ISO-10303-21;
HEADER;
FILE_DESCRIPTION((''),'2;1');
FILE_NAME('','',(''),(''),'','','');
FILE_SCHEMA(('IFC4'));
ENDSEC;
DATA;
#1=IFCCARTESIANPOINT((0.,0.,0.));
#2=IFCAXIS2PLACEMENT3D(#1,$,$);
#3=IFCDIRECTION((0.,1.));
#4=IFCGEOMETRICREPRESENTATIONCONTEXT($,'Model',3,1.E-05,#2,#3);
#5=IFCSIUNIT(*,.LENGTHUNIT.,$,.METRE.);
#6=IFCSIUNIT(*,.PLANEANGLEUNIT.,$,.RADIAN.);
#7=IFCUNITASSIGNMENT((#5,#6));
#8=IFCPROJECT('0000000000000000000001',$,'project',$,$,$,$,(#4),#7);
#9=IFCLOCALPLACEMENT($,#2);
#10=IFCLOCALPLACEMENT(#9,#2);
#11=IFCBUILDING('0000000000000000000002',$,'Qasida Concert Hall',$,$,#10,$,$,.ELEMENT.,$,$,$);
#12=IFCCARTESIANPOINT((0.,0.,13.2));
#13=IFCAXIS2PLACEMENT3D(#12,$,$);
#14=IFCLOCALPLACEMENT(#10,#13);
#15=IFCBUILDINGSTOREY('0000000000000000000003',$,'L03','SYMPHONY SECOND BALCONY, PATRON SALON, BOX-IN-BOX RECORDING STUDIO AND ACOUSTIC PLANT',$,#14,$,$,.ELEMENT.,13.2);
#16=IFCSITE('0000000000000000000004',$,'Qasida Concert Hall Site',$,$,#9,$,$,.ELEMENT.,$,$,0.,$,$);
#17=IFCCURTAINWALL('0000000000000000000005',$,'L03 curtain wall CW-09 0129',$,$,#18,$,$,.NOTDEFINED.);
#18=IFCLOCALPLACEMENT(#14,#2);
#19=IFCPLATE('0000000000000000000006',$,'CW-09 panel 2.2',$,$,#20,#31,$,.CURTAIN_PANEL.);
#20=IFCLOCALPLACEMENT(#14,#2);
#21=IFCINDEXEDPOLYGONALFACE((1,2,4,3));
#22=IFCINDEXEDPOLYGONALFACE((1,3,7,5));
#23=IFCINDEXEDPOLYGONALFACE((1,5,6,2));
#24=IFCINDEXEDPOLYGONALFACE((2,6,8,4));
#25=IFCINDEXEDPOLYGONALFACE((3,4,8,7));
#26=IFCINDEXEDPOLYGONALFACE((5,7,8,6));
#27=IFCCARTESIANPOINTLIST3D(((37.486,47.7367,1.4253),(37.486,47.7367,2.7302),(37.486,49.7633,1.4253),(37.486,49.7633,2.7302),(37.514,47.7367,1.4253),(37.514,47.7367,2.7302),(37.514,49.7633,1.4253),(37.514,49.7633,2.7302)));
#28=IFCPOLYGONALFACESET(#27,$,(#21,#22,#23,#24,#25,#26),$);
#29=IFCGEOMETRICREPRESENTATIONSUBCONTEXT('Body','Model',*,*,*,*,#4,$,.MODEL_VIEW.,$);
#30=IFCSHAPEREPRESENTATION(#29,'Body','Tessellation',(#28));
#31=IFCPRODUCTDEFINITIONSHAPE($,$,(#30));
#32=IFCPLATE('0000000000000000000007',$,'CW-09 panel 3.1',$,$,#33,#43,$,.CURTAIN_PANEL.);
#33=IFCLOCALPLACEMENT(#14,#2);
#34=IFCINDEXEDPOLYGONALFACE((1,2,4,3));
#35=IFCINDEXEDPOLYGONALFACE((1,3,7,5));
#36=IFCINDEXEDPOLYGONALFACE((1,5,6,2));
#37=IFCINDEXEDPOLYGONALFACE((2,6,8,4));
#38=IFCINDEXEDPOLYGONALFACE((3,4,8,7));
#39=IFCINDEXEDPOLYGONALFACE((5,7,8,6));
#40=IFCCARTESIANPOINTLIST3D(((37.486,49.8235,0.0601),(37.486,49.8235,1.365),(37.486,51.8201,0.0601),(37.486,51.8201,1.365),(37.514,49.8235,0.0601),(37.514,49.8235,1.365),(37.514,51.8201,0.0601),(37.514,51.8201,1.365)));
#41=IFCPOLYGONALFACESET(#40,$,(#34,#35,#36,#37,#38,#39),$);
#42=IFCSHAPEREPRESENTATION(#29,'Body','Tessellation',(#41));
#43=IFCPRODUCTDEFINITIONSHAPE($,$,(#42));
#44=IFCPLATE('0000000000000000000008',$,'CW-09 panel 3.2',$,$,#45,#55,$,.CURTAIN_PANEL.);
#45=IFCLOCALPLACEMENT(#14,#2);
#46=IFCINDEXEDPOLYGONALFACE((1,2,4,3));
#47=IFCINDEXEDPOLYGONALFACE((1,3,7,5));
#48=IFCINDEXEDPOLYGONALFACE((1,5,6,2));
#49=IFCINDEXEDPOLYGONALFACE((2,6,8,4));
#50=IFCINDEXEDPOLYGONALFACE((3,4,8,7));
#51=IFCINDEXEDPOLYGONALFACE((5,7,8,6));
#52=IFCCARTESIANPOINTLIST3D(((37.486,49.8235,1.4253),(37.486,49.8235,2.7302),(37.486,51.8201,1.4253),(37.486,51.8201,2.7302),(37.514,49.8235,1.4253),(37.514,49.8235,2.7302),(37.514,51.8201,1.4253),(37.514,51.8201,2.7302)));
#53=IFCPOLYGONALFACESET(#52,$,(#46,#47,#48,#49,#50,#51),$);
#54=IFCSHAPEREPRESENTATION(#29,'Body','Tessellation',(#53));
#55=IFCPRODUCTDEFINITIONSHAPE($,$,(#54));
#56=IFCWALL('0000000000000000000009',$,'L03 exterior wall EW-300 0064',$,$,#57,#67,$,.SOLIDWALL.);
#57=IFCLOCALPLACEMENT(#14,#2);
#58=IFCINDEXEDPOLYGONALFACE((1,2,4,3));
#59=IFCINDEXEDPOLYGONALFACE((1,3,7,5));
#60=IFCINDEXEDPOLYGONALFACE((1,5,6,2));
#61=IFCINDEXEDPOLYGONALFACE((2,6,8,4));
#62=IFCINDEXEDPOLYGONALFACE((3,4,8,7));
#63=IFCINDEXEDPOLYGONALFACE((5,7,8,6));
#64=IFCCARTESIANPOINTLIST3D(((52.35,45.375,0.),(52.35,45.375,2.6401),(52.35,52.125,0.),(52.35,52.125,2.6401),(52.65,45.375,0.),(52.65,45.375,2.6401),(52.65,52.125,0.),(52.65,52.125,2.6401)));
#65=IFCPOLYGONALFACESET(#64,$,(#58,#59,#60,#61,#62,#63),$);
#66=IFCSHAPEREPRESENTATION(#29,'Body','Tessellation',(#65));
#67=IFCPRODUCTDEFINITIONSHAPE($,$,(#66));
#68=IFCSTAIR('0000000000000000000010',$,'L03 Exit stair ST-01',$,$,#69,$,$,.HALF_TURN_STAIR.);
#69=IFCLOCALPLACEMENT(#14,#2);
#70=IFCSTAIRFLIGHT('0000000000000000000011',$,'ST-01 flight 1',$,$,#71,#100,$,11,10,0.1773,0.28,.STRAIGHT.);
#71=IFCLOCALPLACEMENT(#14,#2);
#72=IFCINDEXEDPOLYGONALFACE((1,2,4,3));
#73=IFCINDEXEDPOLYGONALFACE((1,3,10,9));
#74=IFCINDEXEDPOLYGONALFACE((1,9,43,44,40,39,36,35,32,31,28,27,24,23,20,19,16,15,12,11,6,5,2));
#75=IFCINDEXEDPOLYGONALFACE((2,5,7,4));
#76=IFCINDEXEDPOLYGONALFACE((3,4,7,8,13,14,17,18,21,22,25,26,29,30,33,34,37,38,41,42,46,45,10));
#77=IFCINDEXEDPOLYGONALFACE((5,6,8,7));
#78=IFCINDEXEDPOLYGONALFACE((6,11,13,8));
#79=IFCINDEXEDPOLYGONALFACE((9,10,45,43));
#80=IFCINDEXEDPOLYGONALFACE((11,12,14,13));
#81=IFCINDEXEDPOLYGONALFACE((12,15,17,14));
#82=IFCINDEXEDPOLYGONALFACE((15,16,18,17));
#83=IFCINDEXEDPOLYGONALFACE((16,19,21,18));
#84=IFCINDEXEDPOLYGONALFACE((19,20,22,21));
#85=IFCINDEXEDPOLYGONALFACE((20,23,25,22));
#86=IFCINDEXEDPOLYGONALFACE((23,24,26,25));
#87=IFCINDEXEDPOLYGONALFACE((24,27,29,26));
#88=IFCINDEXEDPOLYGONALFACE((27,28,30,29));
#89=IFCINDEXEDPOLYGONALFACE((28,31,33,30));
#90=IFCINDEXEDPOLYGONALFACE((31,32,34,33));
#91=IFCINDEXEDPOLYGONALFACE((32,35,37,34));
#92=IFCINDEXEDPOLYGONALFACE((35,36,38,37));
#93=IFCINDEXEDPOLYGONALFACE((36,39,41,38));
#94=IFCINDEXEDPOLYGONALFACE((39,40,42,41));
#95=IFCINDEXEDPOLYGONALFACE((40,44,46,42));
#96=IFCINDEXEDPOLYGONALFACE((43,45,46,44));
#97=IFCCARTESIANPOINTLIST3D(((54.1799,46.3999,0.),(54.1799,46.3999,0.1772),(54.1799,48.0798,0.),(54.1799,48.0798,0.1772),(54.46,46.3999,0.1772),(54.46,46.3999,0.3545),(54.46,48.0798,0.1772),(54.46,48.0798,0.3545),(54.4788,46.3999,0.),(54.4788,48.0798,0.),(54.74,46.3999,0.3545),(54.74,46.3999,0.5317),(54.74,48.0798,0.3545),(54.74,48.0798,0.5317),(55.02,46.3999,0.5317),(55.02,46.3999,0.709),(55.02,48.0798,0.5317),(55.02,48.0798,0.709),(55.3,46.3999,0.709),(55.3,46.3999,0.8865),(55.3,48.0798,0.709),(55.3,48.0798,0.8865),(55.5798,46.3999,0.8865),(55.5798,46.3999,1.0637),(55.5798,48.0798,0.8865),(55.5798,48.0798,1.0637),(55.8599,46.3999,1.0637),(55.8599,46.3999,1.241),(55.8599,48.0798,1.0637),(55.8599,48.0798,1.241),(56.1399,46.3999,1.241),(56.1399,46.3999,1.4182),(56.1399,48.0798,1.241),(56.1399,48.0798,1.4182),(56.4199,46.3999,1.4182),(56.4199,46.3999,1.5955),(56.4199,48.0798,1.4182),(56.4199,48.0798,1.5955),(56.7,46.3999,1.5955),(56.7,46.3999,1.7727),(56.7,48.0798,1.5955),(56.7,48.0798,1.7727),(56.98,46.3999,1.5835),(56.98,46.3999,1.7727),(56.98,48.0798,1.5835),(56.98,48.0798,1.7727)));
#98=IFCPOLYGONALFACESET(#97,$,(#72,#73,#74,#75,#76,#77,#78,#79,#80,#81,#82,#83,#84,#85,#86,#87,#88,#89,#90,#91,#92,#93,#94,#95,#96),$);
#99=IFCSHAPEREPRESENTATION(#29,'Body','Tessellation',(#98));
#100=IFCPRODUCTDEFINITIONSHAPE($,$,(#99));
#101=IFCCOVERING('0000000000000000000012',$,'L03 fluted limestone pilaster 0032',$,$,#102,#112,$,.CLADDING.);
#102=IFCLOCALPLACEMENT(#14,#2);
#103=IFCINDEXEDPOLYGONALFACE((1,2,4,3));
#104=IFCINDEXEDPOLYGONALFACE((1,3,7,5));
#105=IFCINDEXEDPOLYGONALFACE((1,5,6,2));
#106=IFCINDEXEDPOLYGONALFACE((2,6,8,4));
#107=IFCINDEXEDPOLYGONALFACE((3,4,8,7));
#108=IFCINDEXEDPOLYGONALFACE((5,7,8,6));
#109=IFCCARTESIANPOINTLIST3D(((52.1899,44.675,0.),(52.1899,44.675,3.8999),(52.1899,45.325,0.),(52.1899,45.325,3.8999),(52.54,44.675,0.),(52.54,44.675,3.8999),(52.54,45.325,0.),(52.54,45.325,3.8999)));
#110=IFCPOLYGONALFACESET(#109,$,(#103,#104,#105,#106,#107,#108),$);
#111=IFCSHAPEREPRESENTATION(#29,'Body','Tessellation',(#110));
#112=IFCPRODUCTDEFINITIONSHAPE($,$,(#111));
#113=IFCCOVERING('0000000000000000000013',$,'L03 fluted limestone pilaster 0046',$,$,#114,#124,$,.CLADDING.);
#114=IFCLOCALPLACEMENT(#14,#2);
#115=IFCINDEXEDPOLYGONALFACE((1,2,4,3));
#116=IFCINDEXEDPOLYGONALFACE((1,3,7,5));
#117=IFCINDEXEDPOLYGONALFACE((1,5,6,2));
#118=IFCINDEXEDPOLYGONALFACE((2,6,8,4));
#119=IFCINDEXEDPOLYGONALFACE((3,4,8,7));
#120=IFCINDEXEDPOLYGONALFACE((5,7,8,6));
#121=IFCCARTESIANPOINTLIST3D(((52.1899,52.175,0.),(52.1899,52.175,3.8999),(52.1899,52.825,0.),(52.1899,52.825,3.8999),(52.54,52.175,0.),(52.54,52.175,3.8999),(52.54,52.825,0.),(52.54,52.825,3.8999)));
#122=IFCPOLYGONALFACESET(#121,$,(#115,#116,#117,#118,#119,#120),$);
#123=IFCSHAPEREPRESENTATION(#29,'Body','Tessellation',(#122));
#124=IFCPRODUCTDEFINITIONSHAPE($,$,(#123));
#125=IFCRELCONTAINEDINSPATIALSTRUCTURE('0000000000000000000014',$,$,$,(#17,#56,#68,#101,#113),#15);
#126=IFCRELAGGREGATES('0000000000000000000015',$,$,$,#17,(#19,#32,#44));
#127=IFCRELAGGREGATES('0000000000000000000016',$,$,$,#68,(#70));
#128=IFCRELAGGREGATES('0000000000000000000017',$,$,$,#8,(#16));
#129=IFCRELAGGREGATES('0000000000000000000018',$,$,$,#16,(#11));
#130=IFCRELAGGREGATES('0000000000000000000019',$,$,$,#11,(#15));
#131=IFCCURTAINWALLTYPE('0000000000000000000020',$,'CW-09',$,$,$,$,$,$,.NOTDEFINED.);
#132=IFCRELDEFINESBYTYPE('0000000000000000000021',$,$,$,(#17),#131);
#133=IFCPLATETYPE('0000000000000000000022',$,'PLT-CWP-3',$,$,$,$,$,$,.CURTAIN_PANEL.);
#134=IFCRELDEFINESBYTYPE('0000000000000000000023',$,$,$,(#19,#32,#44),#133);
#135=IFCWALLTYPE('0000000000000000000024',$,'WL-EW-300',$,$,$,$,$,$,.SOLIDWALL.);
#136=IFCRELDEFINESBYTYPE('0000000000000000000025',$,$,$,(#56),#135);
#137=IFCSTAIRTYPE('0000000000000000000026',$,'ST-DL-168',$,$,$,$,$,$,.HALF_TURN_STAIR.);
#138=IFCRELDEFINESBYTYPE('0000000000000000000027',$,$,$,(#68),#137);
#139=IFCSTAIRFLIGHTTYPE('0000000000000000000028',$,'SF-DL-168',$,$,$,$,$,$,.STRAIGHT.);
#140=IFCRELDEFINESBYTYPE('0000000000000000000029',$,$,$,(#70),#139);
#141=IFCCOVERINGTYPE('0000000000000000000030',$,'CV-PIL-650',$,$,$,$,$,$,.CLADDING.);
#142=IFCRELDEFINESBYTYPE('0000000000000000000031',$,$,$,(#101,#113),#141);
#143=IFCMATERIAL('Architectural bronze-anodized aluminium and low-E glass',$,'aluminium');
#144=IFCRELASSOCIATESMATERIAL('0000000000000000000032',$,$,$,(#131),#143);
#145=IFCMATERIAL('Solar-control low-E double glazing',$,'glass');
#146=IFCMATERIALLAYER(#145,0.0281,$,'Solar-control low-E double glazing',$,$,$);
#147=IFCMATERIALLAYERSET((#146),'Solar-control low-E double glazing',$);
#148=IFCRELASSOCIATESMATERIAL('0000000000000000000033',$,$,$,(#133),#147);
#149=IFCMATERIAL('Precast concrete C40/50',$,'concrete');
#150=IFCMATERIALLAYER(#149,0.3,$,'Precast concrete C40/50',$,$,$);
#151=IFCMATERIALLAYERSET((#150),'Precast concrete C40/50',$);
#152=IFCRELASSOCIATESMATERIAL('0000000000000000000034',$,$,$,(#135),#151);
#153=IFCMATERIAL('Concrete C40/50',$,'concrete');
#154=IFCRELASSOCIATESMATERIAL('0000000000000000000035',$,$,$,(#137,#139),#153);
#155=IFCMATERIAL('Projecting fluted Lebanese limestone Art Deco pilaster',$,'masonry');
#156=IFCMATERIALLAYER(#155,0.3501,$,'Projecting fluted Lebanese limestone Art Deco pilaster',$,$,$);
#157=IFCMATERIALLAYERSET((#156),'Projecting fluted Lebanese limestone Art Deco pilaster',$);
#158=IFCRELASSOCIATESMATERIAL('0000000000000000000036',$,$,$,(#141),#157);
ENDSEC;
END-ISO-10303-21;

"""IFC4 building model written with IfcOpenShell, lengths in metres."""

from ifc_helpers import new_model, si_unit, direction, frame, frame_2d, origin, origin_2d, place, context, subcontext, project, spatial, polyline, rectangle, outline, extrude, material, layer, layer_set, type_object, element, aggregate, save


model = new_model("IFC4")

# Units and contexts
model_context = context("Model", 3, precision=1e-05, world=origin(), true_north=direction((0.0, 1.0)))
body_context = subcontext(model_context, "Body", "Model", "MODEL_VIEW")
ifc_project = project(units=[si_unit("LENGTHUNIT", "METRE"), si_unit("PLANEANGLEUNIT", "RADIAN")], contexts=[model_context])

# Site, building, storey
site_placement = place(None, origin())
site = spatial("IfcSite", under=ifc_project, at=site_placement, Name="Qasida Concert Hall Site", CompositionType="ELEMENT", RefElevation=0.0)
building_placement = place(site_placement, origin())
building = spatial("IfcBuilding", under=site, at=building_placement, Name="Qasida Concert Hall", CompositionType="ELEMENT")
storey_placement = place(building_placement, frame((0.0, 0.0, 13.2)))
storey = spatial("IfcBuildingStorey", under=building, at=storey_placement, Name="L03", Description="SYMPHONY SECOND BALCONY, PATRON SALON, BOX-IN-BOX RECORDING STUDIO AND ACOUSTIC PLANT", CompositionType="ELEMENT", Elevation=13.2)

# Shared definitions
ifc_material_1 = material(Name="Concrete C40/50", Category="concrete")

# Shared definitions
ifc_material_2 = material(Name="Architectural bronze-anodized aluminium and low-E glass", Category="aluminium")

# Curtain wall
curtain_wall_type_1 = type_object("IfcCurtainWallType", Name="CW-09", PredefinedType="NOTDEFINED", material=ifc_material_2)
curtain_wall_1_placement = place(storey_placement, origin())
curtain_wall_1 = element("IfcCurtainWall", 1, at=curtain_wall_1_placement, inside=storey, type_object=curtain_wall_type_1, Name="L03 curtain wall CW-09 0129", PredefinedType="NOTDEFINED")

# Plates
ifc_material_3 = material(Name="Solar-control low-E double glazing", Category="glass")
ifc_layer_1 = layer(ifc_material_3, 0.0281, Name="Solar-control low-E double glazing")
ifc_layer_set_1 = layer_set([ifc_layer_1], Name="Solar-control low-E double glazing")
plate_type_1 = type_object("IfcPlateType", Name="PLT-CWP-3", PredefinedType="CURTAIN_PANEL", material=ifc_layer_set_1)
plate_1_placement = place(storey_placement, frame((37.5, 48.75, 1.4253), z_axis=(0.0, 0.0, 1.0), x_axis=(0.0, 1.0, 0.0)))
plate_1 = element("IfcPlate", 2, at=plate_1_placement, type_object=plate_type_1, Name="CW-09 panel 2.2", PredefinedType="CURTAIN_PANEL", context=body_context, shape_type="SweptSolid", body=[
    extrude(rectangle(XDim=2.0266, YDim=0.0281, at=origin_2d()), origin(), (0.0, 0.0, 1.0), 1.3049),
])
plate_2_placement = place(storey_placement, frame((37.5, 50.8218, 0.0601), z_axis=(0.0, 0.0, 1.0), x_axis=(0.0, 1.0, 0.0)))
plate_2 = element("IfcPlate", 3, at=plate_2_placement, type_object=plate_type_1, Name="CW-09 panel 3.1", PredefinedType="CURTAIN_PANEL", context=body_context, shape_type="SweptSolid", body=[
    extrude(rectangle(XDim=1.9966, YDim=0.0281, at=origin_2d()), origin(), (0.0, 0.0, 1.0), 1.3049),
])
plate_3_placement = place(storey_placement, frame((37.5, 50.8218, 1.4253), z_axis=(0.0, 0.0, 1.0), x_axis=(0.0, 1.0, 0.0)))
plate_3 = element("IfcPlate", 4, at=plate_3_placement, type_object=plate_type_1, Name="CW-09 panel 3.2", PredefinedType="CURTAIN_PANEL", context=body_context, shape_type="SweptSolid", body=[
    extrude(rectangle(XDim=1.9966, YDim=0.0281, at=origin_2d()), origin(), (0.0, 0.0, 1.0), 1.3049),
])
aggregate(curtain_wall_1, [plate_1, plate_2, plate_3])

# Wall
ifc_material_4 = material(Name="Precast concrete C40/50", Category="concrete")
ifc_layer_2 = layer(ifc_material_4, 0.3, Name="Precast concrete C40/50")
ifc_layer_set_2 = layer_set([ifc_layer_2], Name="Precast concrete C40/50")
wall_type_1 = type_object("IfcWallType", Name="WL-EW-300", PredefinedType="SOLIDWALL", material=ifc_layer_set_2)
wall_1_placement = place(storey_placement, frame((52.5, 45.375, 0.0), z_axis=(0.0, 0.0, 1.0), x_axis=(0.0, 1.0, 0.0)))
element("IfcWall", 5, at=wall_1_placement, inside=storey, type_object=wall_type_1, Name="L03 exterior wall EW-300 0064", PredefinedType="SOLIDWALL", context=body_context, shape_type="SweptSolid", body=[
    extrude(rectangle(XDim=6.75, YDim=0.3, at=frame_2d((3.375, 0.0))), origin(), (0.0, 0.0, 1.0), 2.6401),
])

# Stair, stair flight
stair_type = type_object("IfcStairType", Name="ST-DL-168", PredefinedType="HALF_TURN_STAIR", material=ifc_material_1)
stair_placement = place(storey_placement, origin())
stair = element("IfcStair", 6, at=stair_placement, inside=storey, type_object=stair_type, Name="L03 Exit stair ST-01", PredefinedType="HALF_TURN_STAIR")
stair_flight_type = type_object("IfcStairFlightType", Name="SF-DL-168", PredefinedType="STRAIGHT", material=ifc_material_1)
stair_flight_placement = place(storey_placement, frame((54.1799, 47.24, 0.0), z_axis=(0.0, 0.0, 1.0), x_axis=(1.0, 0.0, 0.0)))
stair_flight = element("IfcStairFlight", 7, at=stair_flight_placement, type_object=stair_flight_type, Name="ST-01 flight 1", NumberOfRisers=11, NumberOfTreads=10, PredefinedType="STRAIGHT", RiserHeight=0.1773, TreadLength=0.28, context=body_context, shape_type="SweptSolid", body=[
    extrude(outline(polyline([(0.0, 0.0), (0.0, 0.1772), (0.28, 0.1772), (0.28, 0.3545), (0.5601, 0.3545), (0.5601, 0.5317), (0.8401, 0.5317), (0.8401, 0.709), (1.1201, 0.709), (1.1201, 0.8865), (1.3999, 0.8865), (1.3999, 1.0637), (1.6799, 1.0637), (1.6799, 1.241), (1.96, 1.241), (1.96, 1.4182), (2.24, 1.4182), (2.24, 1.5955), (2.52, 1.5955), (2.52, 1.7727), (2.8, 1.7727), (2.8, 1.95), (2.8, 1.5835), (0.2988, 0.0), (0.0, 0.0)])), frame((0.0, 0.8398, 0.0), z_axis=(0.0, -1.0, 0.0), x_axis=(1.0, 0.0, 0.0)), (0.0, 0.0, 1.0), 1.6799),
])
aggregate(stair, [stair_flight])

# Coverings
ifc_material_5 = material(Name="Projecting fluted Lebanese limestone Art Deco pilaster", Category="masonry")
ifc_layer_3 = layer(ifc_material_5, 0.3501, Name="Projecting fluted Lebanese limestone Art Deco pilaster")
ifc_layer_set_3 = layer_set([ifc_layer_3], Name="Projecting fluted Lebanese limestone Art Deco pilaster")
covering_type = type_object("IfcCoveringType", Name="CV-PIL-650", PredefinedType="CLADDING", material=ifc_layer_set_3)
for number, where, z_axis, x_axis, name in (
    (8, (52.365, 45.0, 0.0), (0.0, 0.0, 1.0), (1.0, 0.0, 0.0), "L03 fluted limestone pilaster 0032"),
    (9, (52.365, 52.5, 0.0), (0.0, 0.0, 1.0), (1.0, 0.0, 0.0), "L03 fluted limestone pilaster 0046"),
):
    element("IfcCovering", number, at=place(storey_placement, frame(where, z_axis=z_axis, x_axis=x_axis)), inside=storey, type_object=covering_type, Name=name, PredefinedType="CLADDING", context=body_context, shape_type="SweptSolid", body=[
        extrude(rectangle(XDim=0.3501, YDim=0.6499, at=origin_2d()), origin(), (0.0, 0.0, 1.0), 3.8999),
    ])

save(model, "model.ifc")
